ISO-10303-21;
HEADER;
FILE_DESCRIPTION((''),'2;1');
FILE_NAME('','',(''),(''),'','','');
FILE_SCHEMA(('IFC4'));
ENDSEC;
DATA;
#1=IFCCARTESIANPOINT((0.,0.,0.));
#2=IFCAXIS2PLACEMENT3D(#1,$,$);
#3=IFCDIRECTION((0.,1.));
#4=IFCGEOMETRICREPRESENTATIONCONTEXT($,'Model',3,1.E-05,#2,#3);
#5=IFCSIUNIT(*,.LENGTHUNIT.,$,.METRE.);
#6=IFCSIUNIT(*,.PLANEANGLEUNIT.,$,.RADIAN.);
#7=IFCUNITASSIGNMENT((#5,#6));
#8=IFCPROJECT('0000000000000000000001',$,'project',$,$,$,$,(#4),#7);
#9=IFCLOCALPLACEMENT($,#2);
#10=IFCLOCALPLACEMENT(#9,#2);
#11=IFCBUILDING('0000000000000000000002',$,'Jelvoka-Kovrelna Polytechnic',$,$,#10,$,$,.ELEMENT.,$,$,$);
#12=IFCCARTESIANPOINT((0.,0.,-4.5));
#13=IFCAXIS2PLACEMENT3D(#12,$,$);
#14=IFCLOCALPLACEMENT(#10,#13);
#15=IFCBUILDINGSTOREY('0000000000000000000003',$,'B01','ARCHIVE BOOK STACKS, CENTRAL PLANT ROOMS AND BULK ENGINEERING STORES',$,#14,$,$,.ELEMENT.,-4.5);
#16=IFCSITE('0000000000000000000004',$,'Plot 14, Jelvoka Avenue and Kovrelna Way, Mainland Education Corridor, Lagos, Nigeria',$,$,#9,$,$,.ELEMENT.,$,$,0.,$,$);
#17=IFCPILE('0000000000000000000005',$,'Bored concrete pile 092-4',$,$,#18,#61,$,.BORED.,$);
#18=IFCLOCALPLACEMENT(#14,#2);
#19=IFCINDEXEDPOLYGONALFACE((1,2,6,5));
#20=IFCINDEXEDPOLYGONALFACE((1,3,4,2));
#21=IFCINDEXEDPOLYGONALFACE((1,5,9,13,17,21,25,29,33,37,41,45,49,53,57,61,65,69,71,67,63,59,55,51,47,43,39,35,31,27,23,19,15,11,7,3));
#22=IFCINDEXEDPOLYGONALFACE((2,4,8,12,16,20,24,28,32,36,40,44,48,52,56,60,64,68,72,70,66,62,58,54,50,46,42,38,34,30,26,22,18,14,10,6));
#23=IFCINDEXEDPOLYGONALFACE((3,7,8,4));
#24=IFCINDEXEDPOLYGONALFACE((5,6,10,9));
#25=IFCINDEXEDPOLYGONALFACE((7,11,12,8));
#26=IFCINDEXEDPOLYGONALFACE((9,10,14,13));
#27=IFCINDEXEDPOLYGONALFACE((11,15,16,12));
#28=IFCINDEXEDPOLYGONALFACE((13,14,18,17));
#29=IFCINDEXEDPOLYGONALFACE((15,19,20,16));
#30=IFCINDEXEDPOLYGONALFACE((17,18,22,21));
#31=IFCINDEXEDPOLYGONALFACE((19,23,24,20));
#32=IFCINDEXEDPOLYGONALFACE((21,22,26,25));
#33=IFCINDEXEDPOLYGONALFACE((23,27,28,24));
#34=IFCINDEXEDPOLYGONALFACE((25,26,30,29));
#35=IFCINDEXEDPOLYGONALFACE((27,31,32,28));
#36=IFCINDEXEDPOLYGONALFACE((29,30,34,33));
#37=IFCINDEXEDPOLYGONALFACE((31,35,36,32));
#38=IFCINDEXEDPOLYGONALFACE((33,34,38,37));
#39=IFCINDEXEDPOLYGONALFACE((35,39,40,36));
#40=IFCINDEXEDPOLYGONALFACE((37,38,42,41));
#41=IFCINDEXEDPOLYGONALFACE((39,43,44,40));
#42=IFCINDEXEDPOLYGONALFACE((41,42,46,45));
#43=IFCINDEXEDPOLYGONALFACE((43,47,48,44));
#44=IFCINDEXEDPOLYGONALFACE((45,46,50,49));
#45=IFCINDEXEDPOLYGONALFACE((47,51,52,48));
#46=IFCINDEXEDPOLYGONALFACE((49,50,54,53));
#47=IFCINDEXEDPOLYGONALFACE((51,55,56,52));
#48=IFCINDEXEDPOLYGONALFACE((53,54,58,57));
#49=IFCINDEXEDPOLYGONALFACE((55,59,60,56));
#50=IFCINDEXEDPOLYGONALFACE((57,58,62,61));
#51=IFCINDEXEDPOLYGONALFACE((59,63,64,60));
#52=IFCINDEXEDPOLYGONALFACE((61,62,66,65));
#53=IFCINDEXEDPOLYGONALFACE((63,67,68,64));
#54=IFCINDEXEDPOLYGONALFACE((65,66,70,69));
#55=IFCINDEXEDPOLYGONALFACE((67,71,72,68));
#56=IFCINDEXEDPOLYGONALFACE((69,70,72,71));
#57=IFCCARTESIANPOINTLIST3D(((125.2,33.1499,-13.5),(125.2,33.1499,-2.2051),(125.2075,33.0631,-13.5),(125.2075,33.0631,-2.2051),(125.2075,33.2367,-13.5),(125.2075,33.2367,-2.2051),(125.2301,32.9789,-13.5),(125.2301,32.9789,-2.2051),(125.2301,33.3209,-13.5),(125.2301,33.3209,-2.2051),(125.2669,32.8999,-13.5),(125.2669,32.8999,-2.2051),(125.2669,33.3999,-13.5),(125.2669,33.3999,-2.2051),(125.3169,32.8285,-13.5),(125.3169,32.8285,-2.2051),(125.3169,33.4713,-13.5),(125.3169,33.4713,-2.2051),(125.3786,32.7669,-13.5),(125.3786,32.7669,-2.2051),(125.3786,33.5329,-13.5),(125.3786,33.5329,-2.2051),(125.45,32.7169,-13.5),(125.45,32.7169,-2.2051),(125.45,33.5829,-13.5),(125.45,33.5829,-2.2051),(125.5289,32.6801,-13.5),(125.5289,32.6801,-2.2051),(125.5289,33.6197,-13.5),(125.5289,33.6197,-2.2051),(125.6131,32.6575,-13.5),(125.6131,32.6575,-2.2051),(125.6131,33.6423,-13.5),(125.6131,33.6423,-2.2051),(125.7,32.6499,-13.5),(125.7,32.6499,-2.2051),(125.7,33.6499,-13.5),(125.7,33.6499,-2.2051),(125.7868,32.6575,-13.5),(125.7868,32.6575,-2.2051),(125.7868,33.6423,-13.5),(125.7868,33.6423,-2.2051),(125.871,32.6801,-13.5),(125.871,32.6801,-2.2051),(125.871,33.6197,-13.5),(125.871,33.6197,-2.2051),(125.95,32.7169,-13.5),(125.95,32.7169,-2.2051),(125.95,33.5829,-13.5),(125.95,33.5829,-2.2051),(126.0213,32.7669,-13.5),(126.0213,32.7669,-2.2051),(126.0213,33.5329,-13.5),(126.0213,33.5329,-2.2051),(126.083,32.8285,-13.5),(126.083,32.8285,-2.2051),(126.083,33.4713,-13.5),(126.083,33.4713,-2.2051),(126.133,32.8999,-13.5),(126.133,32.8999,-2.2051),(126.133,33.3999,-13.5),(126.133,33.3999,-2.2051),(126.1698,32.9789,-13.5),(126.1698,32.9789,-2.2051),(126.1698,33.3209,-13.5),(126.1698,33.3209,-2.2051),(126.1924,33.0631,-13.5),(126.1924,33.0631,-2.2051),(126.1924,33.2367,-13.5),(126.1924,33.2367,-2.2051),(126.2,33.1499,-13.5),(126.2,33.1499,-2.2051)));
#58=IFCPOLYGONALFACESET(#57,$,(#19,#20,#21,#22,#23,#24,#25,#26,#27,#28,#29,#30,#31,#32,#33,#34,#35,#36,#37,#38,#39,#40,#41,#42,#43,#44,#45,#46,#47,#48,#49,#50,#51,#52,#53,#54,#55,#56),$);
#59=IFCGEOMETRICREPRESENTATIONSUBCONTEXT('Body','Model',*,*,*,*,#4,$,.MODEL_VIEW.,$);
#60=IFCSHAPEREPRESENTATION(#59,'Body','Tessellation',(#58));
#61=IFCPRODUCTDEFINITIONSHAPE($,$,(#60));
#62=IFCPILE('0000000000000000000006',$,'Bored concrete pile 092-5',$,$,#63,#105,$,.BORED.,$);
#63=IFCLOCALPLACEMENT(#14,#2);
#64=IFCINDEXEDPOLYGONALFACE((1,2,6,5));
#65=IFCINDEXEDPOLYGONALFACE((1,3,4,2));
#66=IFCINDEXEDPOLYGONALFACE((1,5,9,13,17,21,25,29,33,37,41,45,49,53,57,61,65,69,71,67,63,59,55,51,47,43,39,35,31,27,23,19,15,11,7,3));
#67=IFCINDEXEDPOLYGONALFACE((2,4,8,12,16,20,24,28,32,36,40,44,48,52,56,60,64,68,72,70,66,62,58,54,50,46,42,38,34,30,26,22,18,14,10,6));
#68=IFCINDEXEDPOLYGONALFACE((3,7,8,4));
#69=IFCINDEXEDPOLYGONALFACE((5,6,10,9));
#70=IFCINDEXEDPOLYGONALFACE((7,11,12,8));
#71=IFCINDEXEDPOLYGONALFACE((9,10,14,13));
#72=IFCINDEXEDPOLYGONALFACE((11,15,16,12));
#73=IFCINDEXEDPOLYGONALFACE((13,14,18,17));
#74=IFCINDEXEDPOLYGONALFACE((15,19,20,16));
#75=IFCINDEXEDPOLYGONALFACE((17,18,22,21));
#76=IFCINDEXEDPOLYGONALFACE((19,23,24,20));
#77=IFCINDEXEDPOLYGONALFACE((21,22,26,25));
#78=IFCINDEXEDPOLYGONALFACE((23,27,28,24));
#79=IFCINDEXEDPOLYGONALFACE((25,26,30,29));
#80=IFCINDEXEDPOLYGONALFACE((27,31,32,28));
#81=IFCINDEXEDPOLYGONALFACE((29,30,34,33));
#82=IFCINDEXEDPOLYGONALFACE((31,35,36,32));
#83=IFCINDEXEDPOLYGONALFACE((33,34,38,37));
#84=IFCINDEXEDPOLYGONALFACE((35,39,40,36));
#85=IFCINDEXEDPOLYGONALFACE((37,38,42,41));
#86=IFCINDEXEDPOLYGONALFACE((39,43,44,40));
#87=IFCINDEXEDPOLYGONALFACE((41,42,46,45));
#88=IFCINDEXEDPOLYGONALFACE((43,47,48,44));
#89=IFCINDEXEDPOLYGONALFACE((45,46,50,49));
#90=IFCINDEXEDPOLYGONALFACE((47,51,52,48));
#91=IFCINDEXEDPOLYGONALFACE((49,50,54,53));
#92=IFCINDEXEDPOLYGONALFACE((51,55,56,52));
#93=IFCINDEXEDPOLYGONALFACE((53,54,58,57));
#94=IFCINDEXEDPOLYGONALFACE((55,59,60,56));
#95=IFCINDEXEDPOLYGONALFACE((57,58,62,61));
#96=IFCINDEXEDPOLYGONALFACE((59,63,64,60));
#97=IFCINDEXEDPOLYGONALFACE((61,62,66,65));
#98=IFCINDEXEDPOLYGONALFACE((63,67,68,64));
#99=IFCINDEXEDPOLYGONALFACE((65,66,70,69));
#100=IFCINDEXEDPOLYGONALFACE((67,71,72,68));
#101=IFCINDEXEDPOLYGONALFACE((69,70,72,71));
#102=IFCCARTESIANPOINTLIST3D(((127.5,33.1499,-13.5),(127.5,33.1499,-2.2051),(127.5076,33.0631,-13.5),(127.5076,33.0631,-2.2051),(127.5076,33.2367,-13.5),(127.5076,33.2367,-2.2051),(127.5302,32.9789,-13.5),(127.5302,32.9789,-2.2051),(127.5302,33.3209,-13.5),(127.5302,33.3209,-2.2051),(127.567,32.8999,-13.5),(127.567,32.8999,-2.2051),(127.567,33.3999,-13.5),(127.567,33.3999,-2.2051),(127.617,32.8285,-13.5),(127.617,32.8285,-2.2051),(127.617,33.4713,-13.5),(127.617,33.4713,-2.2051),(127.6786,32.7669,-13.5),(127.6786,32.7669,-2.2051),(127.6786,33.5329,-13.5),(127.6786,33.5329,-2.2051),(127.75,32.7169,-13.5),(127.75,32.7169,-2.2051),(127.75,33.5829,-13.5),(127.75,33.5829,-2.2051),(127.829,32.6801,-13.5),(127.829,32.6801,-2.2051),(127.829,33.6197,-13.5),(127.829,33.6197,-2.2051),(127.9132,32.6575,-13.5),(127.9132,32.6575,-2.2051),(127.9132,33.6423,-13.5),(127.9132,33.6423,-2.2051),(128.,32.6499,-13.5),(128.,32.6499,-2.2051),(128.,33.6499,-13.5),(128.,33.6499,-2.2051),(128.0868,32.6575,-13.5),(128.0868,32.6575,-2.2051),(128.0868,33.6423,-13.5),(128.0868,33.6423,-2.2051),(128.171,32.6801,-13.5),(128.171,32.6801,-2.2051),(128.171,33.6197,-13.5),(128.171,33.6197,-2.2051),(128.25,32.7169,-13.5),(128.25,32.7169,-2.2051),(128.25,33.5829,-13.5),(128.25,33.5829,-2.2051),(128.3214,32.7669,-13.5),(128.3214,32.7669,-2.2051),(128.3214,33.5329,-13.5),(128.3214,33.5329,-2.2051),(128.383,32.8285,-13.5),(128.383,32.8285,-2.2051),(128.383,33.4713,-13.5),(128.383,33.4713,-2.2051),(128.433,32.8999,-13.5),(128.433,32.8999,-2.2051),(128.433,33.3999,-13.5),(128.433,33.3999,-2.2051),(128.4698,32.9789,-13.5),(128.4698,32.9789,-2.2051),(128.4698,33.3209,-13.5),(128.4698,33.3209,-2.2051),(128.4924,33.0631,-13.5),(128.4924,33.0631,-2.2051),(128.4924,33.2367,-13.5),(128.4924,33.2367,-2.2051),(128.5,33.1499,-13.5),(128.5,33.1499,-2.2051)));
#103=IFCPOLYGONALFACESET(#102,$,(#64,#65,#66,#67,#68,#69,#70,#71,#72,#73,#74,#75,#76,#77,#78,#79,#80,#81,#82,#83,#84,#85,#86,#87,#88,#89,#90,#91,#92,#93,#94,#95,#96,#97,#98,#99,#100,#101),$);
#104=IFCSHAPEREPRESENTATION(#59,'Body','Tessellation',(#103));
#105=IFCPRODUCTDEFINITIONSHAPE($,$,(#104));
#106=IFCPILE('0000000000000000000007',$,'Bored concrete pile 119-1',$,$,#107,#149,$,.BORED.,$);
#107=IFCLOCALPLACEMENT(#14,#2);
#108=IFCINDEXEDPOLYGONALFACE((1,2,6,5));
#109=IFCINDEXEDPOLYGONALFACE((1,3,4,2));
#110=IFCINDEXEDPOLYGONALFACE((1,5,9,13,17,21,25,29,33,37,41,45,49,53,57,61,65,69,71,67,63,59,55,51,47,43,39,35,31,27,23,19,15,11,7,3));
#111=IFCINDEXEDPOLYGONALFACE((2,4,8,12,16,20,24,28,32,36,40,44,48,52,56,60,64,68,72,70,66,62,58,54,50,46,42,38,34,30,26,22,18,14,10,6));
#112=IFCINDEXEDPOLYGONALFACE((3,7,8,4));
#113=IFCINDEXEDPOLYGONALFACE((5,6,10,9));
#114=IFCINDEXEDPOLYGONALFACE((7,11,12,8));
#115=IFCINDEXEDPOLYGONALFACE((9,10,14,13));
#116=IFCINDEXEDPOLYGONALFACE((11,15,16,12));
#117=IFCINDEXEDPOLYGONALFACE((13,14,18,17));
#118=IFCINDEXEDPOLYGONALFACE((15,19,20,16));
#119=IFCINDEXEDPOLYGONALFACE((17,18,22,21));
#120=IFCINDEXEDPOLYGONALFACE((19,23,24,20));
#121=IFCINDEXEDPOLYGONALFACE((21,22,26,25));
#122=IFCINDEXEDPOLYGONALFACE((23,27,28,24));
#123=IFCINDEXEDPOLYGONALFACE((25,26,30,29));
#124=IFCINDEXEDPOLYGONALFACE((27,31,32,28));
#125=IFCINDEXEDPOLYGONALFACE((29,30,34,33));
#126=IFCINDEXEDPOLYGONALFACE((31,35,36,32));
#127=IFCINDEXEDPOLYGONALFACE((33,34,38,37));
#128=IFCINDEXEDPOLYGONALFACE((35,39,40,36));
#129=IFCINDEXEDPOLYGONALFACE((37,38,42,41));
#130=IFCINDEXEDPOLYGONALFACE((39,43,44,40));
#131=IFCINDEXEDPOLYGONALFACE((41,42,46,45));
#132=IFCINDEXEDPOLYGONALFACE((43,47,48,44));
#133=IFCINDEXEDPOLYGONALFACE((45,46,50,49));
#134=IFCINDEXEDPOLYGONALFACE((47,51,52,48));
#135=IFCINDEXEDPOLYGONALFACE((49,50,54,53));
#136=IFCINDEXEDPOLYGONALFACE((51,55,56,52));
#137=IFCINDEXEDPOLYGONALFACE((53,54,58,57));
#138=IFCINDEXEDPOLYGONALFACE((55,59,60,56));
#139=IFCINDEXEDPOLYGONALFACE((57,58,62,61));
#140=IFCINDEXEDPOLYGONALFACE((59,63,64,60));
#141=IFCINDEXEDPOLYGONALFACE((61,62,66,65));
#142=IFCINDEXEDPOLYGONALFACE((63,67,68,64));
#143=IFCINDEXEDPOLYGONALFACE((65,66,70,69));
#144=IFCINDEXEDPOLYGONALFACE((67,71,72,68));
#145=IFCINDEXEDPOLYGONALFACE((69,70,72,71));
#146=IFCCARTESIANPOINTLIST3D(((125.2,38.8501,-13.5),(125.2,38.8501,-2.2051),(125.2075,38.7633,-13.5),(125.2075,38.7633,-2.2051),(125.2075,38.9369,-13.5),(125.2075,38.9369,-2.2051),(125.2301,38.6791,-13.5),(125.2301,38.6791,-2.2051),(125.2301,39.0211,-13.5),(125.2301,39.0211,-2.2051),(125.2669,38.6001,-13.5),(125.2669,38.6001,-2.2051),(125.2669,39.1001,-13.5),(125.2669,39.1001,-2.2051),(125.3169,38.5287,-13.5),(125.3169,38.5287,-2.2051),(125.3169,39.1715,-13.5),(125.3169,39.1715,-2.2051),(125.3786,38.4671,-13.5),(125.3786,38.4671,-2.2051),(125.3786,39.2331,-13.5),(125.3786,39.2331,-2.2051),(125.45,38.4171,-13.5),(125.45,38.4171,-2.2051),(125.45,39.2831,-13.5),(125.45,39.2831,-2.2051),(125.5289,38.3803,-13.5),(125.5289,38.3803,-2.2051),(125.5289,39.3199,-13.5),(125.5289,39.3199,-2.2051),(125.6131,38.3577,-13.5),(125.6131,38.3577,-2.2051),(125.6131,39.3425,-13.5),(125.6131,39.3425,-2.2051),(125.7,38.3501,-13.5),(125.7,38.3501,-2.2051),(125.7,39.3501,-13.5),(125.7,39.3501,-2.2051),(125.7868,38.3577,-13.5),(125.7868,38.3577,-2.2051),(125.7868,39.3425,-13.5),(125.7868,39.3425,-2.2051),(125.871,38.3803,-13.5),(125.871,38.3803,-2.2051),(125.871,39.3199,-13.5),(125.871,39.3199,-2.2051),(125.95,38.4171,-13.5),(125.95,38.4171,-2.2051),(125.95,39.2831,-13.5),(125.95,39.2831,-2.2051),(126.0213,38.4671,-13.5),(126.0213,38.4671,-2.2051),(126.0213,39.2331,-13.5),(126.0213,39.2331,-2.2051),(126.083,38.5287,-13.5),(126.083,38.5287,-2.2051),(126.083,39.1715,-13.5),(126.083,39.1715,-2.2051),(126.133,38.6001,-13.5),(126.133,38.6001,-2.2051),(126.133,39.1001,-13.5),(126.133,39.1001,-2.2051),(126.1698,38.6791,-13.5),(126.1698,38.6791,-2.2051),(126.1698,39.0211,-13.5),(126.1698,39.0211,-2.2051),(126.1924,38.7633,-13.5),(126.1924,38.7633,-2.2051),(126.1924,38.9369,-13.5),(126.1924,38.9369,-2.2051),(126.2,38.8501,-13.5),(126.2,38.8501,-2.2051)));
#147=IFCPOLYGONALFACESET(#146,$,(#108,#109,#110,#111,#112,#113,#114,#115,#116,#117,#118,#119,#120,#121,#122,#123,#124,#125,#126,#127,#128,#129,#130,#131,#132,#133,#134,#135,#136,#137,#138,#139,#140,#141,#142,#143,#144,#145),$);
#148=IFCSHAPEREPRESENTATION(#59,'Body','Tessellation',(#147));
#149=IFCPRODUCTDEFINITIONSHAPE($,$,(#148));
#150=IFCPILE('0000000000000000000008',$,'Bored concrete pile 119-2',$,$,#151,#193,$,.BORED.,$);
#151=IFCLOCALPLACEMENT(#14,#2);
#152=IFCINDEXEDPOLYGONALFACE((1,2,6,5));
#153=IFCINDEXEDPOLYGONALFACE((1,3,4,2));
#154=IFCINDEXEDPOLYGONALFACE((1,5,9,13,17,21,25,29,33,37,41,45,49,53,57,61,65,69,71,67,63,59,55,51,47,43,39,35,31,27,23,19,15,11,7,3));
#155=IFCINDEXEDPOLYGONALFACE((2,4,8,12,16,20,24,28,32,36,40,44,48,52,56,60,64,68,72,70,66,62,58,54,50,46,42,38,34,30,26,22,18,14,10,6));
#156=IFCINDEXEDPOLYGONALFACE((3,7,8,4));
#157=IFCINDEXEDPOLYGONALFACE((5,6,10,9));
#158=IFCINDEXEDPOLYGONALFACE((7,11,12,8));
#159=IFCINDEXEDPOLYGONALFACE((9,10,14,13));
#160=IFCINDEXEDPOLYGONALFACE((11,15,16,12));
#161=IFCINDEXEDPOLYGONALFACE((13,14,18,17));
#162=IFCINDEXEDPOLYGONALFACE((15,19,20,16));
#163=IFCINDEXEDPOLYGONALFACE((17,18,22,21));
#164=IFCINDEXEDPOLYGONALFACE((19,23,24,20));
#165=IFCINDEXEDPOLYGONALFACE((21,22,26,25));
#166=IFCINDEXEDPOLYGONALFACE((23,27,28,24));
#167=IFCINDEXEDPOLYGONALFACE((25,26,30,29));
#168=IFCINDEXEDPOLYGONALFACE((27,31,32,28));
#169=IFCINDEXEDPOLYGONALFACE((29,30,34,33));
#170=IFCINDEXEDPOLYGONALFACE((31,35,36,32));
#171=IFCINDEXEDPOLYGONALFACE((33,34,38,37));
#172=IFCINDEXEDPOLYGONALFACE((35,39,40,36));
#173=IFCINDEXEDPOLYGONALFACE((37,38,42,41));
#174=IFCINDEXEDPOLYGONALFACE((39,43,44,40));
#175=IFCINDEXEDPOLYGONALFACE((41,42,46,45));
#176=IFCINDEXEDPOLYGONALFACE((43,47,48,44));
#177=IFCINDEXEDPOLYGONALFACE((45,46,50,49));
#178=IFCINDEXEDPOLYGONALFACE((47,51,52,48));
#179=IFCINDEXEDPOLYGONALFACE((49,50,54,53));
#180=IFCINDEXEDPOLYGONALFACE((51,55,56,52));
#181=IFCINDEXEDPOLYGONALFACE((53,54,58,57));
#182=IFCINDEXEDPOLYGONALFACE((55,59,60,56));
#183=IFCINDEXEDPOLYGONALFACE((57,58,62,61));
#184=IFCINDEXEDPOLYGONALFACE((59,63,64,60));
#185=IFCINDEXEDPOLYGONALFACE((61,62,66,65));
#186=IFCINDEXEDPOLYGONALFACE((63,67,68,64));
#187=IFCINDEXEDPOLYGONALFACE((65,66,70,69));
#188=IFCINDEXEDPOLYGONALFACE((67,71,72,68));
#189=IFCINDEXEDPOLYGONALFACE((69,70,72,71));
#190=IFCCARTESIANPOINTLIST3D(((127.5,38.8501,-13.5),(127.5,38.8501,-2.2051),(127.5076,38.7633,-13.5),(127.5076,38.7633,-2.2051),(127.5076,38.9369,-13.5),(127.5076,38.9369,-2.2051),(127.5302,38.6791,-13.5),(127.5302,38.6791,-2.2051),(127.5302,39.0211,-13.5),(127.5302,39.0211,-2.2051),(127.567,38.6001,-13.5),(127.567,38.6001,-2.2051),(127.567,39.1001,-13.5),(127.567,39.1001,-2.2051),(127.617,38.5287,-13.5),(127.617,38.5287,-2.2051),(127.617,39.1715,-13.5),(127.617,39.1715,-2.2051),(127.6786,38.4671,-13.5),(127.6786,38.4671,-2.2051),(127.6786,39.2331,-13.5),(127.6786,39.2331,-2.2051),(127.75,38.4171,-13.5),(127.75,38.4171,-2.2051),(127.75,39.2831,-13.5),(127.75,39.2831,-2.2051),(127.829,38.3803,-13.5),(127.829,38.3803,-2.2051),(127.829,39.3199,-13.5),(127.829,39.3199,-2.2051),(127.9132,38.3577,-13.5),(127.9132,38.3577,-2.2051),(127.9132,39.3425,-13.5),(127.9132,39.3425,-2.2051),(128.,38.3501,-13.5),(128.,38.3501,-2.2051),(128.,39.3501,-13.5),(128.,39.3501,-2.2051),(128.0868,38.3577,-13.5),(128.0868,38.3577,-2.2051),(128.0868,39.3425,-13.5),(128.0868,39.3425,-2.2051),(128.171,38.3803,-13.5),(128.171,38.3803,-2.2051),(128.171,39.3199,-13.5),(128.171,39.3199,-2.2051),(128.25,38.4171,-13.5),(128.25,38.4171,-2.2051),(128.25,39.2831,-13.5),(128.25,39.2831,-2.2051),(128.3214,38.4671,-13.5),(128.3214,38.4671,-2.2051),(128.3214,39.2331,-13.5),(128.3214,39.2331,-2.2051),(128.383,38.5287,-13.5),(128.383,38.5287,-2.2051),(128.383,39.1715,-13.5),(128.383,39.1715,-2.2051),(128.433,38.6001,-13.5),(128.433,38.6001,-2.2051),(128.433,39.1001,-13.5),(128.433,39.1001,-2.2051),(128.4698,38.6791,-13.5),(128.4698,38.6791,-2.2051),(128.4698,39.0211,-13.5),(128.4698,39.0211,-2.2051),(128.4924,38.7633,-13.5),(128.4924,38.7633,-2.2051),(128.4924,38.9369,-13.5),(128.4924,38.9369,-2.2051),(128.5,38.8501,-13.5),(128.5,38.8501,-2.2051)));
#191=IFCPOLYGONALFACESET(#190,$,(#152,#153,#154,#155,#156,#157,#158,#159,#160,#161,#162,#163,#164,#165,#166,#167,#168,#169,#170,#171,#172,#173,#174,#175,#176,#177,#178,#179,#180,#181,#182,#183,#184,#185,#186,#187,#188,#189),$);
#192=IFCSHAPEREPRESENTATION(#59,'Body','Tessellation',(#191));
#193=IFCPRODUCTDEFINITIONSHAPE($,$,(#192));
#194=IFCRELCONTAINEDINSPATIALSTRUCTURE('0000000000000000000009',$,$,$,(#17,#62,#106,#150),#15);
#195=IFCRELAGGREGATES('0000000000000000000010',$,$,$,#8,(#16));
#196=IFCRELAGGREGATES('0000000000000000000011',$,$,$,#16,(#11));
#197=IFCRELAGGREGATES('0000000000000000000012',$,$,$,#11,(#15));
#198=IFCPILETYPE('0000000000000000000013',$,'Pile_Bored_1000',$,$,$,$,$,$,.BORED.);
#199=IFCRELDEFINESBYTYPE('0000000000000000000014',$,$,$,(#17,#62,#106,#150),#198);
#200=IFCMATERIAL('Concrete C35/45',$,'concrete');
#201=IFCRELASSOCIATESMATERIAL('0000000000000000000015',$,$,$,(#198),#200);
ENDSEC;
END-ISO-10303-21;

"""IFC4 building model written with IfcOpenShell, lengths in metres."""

from ifc_helpers import new_model, si_unit, direction, frame, origin, origin_2d, place, context, subcontext, project, spatial, circle, extrude, material, material_profile, profile_set, type_object, element, save


model = new_model("IFC4")

# Units and contexts
model_context = context("Model", 3, precision=1e-05, world=origin(), true_north=direction((0.0, 1.0)))
body_context = subcontext(model_context, "Body", "Model", "MODEL_VIEW")
ifc_project = project(units=[si_unit("LENGTHUNIT", "METRE"), si_unit("PLANEANGLEUNIT", "RADIAN")], contexts=[model_context])

# Site, building, storey
site_placement = place(None, origin())
site = spatial("IfcSite", under=ifc_project, at=site_placement, Name="Plot 14, Jelvoka Avenue and Kovrelna Way, Mainland Education Corridor, Lagos, Nigeria", CompositionType="ELEMENT", RefElevation=0.0)
building_placement = place(site_placement, origin())
building = spatial("IfcBuilding", under=site, at=building_placement, Name="Jelvoka-Kovrelna Polytechnic", CompositionType="ELEMENT")
storey_placement = place(building_placement, frame((0.0, 0.0, -4.5)))
storey = spatial("IfcBuildingStorey", under=building, at=storey_placement, Name="B01", Description="ARCHIVE BOOK STACKS, CENTRAL PLANT ROOMS AND BULK ENGINEERING STORES", CompositionType="ELEMENT", Elevation=-4.5)

# Piles
ifc_material_1 = material(Name="Concrete C35/45", Category="concrete")
ifc_material_profile_1 = material_profile(ifc_material_1, circle(Radius=0.5, at=origin_2d()), Name="PILE D1000")
ifc_profile_set_1 = profile_set([ifc_material_profile_1], Name="Concrete C35/45")
pile_type_1 = type_object("IfcPileType", Name="Pile_Bored_1000", PredefinedType="BORED", material=ifc_profile_set_1)
for number, where, z_axis, x_axis, name in (
    (1, (125.7, 33.1499, -2.2051), (0.0, 0.0, -1.0), (1.0, 0.0, 0.0), "Bored concrete pile 092-4"),
    (2, (128.0, 33.1499, -2.2051), (0.0, 0.0, -1.0), (1.0, 0.0, 0.0), "Bored concrete pile 092-5"),
    (3, (125.7, 38.8501, -2.2051), (0.0, 0.0, -1.0), (1.0, 0.0, 0.0), "Bored concrete pile 119-1"),
    (4, (128.0, 38.8501, -2.2051), (0.0, 0.0, -1.0), (1.0, 0.0, 0.0), "Bored concrete pile 119-2"),
):
    element("IfcPile", number, at=place(storey_placement, frame(where, z_axis=z_axis, x_axis=x_axis)), inside=storey, type_object=pile_type_1, Name=name, PredefinedType="BORED", context=body_context, shape_type="SweptSolid", body=[
        extrude(circle(Radius=0.5, at=origin_2d()), origin(), (0.0, 0.0, 1.0), 11.2949),
    ])

save(model, "model.ifc")
